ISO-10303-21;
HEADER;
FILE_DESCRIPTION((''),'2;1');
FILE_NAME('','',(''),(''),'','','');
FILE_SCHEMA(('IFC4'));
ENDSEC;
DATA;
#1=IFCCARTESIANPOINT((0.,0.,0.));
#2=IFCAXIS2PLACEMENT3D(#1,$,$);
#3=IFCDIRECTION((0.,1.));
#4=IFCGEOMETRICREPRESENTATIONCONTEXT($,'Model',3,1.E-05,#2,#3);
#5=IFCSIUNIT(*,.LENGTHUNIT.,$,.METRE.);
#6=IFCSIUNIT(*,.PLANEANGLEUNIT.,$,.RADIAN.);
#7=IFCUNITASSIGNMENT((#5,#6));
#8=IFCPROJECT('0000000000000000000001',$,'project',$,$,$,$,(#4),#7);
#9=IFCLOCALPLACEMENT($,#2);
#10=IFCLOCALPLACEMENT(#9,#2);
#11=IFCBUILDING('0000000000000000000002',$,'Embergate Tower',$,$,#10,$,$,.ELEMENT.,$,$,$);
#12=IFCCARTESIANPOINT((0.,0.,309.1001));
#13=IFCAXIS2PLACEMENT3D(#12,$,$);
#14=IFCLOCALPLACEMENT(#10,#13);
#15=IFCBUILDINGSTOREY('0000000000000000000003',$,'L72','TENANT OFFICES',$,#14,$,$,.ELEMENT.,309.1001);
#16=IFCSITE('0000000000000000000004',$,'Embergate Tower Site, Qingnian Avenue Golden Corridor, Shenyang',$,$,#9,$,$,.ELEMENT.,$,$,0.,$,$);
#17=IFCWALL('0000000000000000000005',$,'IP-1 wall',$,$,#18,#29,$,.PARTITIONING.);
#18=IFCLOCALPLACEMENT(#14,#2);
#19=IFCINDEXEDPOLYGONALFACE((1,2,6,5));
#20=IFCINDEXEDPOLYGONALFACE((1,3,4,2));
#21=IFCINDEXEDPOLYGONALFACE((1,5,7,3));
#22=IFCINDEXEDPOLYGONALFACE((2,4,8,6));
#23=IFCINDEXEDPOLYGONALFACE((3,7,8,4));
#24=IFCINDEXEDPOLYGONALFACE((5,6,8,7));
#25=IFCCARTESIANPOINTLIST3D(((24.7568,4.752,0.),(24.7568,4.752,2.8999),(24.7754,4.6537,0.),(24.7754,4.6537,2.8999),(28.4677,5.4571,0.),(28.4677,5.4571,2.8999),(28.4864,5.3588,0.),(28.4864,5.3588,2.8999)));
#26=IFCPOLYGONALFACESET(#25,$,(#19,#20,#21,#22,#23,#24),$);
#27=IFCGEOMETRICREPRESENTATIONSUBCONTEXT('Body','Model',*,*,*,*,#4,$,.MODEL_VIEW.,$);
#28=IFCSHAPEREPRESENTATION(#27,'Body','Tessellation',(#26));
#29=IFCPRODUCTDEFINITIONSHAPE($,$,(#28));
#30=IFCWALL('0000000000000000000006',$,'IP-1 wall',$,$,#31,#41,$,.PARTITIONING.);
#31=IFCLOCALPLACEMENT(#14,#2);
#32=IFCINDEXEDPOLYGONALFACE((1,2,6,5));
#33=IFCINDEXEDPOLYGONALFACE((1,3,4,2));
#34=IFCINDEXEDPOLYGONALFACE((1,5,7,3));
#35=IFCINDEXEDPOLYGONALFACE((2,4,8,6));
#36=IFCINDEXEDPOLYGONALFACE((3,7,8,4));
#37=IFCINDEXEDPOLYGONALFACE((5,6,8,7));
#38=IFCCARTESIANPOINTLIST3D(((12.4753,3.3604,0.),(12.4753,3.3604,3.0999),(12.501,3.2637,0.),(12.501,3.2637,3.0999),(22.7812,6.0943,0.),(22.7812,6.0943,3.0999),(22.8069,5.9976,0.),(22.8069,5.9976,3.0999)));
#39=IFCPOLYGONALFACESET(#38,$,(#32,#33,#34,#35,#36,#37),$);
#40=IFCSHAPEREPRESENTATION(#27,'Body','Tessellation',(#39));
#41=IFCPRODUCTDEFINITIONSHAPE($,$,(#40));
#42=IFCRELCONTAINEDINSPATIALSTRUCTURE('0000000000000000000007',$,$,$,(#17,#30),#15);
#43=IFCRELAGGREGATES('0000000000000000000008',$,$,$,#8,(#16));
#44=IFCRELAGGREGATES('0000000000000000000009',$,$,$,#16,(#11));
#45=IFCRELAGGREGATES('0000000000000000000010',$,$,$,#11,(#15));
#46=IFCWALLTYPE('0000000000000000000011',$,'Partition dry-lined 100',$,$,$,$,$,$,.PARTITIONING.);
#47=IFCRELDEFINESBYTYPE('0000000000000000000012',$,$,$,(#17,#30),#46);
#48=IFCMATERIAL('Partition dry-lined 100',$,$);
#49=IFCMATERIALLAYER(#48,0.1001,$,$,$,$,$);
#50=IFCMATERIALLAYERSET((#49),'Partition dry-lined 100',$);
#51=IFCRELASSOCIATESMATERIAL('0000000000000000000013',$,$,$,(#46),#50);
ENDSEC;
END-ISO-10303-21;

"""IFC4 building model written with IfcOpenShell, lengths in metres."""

from ifc_helpers import new_model, si_unit, direction, frame, frame_2d, origin, place, context, subcontext, project, spatial, rectangle, extrude, source, transform, mapped, material, layer, layer_set, type_object, element, save


model = new_model("IFC4")

# Units and contexts
model_context = context("Model", 3, precision=1e-05, world=origin(), true_north=direction((0.0, 1.0)))
body_context = subcontext(model_context, "Body", "Model", "MODEL_VIEW")
ifc_project = project(units=[si_unit("LENGTHUNIT", "METRE"), si_unit("PLANEANGLEUNIT", "RADIAN")], contexts=[model_context])

# Site, building, storey
site_placement = place(None, origin())
site = spatial("IfcSite", under=ifc_project, at=site_placement, Name="Embergate Tower Site, Qingnian Avenue Golden Corridor, Shenyang", CompositionType="ELEMENT", RefElevation=0.0)
building_placement = place(site_placement, origin())
building = spatial("IfcBuilding", under=site, at=building_placement, Name="Embergate Tower", CompositionType="ELEMENT")
storey_placement = place(building_placement, frame((0.0, 0.0, 309.1001)))
storey = spatial("IfcBuildingStorey", under=building, at=storey_placement, Name="L72", Description="TENANT OFFICES", CompositionType="ELEMENT", Elevation=309.1001)

# Walls
ifc_material_1 = material(Name="Partition dry-lined 100")
ifc_layer_1 = layer(ifc_material_1, 0.1001)
ifc_layer_set_1 = layer_set([ifc_layer_1], Name="Partition dry-lined 100")
wall_type_1 = type_object("IfcWallType", Name="Partition dry-lined 100", PredefinedType="PARTITIONING", material=ifc_layer_set_1)
shared_shape_1 = source(origin(), body_context, "Body", "SweptSolid", [
    extrude(rectangle(XDim=3.7773, YDim=0.1001, at=frame_2d((1.8887, 0.0))), origin(), (0.0, 0.0, 1.0), 2.8999),
])
wall_1_placement = place(storey_placement, frame((28.4771, 5.408, 0.0), z_axis=(0.0, 0.0, 1.0), x_axis=(-0.982424, -0.186661, 0.0)))
element("IfcWall", 1, at=wall_1_placement, inside=storey, type_object=wall_type_1, Name="IP-1 wall", PredefinedType="PARTITIONING", context=body_context, shape_type="MappedRepresentation", body=[
    mapped(shared_shape_1, transform((0.0, 0.0, 0.0))),
])
shared_shape_2 = source(origin(), body_context, "Body", "SweptSolid", [
    extrude(rectangle(XDim=10.6624, YDim=0.1001, at=frame_2d((5.3311, 0.0))), origin(), (0.0, 0.0, 1.0), 3.0999),
])
wall_2_placement = place(storey_placement, frame((22.7939, 6.0459, 0.0), z_axis=(0.0, 0.0, 1.0), x_axis=(-0.966569, -0.256405, 0.0)))
element("IfcWall", 2, at=wall_2_placement, inside=storey, type_object=wall_type_1, Name="IP-1 wall", PredefinedType="PARTITIONING", context=body_context, shape_type="MappedRepresentation", body=[
    mapped(shared_shape_2, transform((0.0, 0.0, 0.0))),
])

save(model, "model.ifc")
